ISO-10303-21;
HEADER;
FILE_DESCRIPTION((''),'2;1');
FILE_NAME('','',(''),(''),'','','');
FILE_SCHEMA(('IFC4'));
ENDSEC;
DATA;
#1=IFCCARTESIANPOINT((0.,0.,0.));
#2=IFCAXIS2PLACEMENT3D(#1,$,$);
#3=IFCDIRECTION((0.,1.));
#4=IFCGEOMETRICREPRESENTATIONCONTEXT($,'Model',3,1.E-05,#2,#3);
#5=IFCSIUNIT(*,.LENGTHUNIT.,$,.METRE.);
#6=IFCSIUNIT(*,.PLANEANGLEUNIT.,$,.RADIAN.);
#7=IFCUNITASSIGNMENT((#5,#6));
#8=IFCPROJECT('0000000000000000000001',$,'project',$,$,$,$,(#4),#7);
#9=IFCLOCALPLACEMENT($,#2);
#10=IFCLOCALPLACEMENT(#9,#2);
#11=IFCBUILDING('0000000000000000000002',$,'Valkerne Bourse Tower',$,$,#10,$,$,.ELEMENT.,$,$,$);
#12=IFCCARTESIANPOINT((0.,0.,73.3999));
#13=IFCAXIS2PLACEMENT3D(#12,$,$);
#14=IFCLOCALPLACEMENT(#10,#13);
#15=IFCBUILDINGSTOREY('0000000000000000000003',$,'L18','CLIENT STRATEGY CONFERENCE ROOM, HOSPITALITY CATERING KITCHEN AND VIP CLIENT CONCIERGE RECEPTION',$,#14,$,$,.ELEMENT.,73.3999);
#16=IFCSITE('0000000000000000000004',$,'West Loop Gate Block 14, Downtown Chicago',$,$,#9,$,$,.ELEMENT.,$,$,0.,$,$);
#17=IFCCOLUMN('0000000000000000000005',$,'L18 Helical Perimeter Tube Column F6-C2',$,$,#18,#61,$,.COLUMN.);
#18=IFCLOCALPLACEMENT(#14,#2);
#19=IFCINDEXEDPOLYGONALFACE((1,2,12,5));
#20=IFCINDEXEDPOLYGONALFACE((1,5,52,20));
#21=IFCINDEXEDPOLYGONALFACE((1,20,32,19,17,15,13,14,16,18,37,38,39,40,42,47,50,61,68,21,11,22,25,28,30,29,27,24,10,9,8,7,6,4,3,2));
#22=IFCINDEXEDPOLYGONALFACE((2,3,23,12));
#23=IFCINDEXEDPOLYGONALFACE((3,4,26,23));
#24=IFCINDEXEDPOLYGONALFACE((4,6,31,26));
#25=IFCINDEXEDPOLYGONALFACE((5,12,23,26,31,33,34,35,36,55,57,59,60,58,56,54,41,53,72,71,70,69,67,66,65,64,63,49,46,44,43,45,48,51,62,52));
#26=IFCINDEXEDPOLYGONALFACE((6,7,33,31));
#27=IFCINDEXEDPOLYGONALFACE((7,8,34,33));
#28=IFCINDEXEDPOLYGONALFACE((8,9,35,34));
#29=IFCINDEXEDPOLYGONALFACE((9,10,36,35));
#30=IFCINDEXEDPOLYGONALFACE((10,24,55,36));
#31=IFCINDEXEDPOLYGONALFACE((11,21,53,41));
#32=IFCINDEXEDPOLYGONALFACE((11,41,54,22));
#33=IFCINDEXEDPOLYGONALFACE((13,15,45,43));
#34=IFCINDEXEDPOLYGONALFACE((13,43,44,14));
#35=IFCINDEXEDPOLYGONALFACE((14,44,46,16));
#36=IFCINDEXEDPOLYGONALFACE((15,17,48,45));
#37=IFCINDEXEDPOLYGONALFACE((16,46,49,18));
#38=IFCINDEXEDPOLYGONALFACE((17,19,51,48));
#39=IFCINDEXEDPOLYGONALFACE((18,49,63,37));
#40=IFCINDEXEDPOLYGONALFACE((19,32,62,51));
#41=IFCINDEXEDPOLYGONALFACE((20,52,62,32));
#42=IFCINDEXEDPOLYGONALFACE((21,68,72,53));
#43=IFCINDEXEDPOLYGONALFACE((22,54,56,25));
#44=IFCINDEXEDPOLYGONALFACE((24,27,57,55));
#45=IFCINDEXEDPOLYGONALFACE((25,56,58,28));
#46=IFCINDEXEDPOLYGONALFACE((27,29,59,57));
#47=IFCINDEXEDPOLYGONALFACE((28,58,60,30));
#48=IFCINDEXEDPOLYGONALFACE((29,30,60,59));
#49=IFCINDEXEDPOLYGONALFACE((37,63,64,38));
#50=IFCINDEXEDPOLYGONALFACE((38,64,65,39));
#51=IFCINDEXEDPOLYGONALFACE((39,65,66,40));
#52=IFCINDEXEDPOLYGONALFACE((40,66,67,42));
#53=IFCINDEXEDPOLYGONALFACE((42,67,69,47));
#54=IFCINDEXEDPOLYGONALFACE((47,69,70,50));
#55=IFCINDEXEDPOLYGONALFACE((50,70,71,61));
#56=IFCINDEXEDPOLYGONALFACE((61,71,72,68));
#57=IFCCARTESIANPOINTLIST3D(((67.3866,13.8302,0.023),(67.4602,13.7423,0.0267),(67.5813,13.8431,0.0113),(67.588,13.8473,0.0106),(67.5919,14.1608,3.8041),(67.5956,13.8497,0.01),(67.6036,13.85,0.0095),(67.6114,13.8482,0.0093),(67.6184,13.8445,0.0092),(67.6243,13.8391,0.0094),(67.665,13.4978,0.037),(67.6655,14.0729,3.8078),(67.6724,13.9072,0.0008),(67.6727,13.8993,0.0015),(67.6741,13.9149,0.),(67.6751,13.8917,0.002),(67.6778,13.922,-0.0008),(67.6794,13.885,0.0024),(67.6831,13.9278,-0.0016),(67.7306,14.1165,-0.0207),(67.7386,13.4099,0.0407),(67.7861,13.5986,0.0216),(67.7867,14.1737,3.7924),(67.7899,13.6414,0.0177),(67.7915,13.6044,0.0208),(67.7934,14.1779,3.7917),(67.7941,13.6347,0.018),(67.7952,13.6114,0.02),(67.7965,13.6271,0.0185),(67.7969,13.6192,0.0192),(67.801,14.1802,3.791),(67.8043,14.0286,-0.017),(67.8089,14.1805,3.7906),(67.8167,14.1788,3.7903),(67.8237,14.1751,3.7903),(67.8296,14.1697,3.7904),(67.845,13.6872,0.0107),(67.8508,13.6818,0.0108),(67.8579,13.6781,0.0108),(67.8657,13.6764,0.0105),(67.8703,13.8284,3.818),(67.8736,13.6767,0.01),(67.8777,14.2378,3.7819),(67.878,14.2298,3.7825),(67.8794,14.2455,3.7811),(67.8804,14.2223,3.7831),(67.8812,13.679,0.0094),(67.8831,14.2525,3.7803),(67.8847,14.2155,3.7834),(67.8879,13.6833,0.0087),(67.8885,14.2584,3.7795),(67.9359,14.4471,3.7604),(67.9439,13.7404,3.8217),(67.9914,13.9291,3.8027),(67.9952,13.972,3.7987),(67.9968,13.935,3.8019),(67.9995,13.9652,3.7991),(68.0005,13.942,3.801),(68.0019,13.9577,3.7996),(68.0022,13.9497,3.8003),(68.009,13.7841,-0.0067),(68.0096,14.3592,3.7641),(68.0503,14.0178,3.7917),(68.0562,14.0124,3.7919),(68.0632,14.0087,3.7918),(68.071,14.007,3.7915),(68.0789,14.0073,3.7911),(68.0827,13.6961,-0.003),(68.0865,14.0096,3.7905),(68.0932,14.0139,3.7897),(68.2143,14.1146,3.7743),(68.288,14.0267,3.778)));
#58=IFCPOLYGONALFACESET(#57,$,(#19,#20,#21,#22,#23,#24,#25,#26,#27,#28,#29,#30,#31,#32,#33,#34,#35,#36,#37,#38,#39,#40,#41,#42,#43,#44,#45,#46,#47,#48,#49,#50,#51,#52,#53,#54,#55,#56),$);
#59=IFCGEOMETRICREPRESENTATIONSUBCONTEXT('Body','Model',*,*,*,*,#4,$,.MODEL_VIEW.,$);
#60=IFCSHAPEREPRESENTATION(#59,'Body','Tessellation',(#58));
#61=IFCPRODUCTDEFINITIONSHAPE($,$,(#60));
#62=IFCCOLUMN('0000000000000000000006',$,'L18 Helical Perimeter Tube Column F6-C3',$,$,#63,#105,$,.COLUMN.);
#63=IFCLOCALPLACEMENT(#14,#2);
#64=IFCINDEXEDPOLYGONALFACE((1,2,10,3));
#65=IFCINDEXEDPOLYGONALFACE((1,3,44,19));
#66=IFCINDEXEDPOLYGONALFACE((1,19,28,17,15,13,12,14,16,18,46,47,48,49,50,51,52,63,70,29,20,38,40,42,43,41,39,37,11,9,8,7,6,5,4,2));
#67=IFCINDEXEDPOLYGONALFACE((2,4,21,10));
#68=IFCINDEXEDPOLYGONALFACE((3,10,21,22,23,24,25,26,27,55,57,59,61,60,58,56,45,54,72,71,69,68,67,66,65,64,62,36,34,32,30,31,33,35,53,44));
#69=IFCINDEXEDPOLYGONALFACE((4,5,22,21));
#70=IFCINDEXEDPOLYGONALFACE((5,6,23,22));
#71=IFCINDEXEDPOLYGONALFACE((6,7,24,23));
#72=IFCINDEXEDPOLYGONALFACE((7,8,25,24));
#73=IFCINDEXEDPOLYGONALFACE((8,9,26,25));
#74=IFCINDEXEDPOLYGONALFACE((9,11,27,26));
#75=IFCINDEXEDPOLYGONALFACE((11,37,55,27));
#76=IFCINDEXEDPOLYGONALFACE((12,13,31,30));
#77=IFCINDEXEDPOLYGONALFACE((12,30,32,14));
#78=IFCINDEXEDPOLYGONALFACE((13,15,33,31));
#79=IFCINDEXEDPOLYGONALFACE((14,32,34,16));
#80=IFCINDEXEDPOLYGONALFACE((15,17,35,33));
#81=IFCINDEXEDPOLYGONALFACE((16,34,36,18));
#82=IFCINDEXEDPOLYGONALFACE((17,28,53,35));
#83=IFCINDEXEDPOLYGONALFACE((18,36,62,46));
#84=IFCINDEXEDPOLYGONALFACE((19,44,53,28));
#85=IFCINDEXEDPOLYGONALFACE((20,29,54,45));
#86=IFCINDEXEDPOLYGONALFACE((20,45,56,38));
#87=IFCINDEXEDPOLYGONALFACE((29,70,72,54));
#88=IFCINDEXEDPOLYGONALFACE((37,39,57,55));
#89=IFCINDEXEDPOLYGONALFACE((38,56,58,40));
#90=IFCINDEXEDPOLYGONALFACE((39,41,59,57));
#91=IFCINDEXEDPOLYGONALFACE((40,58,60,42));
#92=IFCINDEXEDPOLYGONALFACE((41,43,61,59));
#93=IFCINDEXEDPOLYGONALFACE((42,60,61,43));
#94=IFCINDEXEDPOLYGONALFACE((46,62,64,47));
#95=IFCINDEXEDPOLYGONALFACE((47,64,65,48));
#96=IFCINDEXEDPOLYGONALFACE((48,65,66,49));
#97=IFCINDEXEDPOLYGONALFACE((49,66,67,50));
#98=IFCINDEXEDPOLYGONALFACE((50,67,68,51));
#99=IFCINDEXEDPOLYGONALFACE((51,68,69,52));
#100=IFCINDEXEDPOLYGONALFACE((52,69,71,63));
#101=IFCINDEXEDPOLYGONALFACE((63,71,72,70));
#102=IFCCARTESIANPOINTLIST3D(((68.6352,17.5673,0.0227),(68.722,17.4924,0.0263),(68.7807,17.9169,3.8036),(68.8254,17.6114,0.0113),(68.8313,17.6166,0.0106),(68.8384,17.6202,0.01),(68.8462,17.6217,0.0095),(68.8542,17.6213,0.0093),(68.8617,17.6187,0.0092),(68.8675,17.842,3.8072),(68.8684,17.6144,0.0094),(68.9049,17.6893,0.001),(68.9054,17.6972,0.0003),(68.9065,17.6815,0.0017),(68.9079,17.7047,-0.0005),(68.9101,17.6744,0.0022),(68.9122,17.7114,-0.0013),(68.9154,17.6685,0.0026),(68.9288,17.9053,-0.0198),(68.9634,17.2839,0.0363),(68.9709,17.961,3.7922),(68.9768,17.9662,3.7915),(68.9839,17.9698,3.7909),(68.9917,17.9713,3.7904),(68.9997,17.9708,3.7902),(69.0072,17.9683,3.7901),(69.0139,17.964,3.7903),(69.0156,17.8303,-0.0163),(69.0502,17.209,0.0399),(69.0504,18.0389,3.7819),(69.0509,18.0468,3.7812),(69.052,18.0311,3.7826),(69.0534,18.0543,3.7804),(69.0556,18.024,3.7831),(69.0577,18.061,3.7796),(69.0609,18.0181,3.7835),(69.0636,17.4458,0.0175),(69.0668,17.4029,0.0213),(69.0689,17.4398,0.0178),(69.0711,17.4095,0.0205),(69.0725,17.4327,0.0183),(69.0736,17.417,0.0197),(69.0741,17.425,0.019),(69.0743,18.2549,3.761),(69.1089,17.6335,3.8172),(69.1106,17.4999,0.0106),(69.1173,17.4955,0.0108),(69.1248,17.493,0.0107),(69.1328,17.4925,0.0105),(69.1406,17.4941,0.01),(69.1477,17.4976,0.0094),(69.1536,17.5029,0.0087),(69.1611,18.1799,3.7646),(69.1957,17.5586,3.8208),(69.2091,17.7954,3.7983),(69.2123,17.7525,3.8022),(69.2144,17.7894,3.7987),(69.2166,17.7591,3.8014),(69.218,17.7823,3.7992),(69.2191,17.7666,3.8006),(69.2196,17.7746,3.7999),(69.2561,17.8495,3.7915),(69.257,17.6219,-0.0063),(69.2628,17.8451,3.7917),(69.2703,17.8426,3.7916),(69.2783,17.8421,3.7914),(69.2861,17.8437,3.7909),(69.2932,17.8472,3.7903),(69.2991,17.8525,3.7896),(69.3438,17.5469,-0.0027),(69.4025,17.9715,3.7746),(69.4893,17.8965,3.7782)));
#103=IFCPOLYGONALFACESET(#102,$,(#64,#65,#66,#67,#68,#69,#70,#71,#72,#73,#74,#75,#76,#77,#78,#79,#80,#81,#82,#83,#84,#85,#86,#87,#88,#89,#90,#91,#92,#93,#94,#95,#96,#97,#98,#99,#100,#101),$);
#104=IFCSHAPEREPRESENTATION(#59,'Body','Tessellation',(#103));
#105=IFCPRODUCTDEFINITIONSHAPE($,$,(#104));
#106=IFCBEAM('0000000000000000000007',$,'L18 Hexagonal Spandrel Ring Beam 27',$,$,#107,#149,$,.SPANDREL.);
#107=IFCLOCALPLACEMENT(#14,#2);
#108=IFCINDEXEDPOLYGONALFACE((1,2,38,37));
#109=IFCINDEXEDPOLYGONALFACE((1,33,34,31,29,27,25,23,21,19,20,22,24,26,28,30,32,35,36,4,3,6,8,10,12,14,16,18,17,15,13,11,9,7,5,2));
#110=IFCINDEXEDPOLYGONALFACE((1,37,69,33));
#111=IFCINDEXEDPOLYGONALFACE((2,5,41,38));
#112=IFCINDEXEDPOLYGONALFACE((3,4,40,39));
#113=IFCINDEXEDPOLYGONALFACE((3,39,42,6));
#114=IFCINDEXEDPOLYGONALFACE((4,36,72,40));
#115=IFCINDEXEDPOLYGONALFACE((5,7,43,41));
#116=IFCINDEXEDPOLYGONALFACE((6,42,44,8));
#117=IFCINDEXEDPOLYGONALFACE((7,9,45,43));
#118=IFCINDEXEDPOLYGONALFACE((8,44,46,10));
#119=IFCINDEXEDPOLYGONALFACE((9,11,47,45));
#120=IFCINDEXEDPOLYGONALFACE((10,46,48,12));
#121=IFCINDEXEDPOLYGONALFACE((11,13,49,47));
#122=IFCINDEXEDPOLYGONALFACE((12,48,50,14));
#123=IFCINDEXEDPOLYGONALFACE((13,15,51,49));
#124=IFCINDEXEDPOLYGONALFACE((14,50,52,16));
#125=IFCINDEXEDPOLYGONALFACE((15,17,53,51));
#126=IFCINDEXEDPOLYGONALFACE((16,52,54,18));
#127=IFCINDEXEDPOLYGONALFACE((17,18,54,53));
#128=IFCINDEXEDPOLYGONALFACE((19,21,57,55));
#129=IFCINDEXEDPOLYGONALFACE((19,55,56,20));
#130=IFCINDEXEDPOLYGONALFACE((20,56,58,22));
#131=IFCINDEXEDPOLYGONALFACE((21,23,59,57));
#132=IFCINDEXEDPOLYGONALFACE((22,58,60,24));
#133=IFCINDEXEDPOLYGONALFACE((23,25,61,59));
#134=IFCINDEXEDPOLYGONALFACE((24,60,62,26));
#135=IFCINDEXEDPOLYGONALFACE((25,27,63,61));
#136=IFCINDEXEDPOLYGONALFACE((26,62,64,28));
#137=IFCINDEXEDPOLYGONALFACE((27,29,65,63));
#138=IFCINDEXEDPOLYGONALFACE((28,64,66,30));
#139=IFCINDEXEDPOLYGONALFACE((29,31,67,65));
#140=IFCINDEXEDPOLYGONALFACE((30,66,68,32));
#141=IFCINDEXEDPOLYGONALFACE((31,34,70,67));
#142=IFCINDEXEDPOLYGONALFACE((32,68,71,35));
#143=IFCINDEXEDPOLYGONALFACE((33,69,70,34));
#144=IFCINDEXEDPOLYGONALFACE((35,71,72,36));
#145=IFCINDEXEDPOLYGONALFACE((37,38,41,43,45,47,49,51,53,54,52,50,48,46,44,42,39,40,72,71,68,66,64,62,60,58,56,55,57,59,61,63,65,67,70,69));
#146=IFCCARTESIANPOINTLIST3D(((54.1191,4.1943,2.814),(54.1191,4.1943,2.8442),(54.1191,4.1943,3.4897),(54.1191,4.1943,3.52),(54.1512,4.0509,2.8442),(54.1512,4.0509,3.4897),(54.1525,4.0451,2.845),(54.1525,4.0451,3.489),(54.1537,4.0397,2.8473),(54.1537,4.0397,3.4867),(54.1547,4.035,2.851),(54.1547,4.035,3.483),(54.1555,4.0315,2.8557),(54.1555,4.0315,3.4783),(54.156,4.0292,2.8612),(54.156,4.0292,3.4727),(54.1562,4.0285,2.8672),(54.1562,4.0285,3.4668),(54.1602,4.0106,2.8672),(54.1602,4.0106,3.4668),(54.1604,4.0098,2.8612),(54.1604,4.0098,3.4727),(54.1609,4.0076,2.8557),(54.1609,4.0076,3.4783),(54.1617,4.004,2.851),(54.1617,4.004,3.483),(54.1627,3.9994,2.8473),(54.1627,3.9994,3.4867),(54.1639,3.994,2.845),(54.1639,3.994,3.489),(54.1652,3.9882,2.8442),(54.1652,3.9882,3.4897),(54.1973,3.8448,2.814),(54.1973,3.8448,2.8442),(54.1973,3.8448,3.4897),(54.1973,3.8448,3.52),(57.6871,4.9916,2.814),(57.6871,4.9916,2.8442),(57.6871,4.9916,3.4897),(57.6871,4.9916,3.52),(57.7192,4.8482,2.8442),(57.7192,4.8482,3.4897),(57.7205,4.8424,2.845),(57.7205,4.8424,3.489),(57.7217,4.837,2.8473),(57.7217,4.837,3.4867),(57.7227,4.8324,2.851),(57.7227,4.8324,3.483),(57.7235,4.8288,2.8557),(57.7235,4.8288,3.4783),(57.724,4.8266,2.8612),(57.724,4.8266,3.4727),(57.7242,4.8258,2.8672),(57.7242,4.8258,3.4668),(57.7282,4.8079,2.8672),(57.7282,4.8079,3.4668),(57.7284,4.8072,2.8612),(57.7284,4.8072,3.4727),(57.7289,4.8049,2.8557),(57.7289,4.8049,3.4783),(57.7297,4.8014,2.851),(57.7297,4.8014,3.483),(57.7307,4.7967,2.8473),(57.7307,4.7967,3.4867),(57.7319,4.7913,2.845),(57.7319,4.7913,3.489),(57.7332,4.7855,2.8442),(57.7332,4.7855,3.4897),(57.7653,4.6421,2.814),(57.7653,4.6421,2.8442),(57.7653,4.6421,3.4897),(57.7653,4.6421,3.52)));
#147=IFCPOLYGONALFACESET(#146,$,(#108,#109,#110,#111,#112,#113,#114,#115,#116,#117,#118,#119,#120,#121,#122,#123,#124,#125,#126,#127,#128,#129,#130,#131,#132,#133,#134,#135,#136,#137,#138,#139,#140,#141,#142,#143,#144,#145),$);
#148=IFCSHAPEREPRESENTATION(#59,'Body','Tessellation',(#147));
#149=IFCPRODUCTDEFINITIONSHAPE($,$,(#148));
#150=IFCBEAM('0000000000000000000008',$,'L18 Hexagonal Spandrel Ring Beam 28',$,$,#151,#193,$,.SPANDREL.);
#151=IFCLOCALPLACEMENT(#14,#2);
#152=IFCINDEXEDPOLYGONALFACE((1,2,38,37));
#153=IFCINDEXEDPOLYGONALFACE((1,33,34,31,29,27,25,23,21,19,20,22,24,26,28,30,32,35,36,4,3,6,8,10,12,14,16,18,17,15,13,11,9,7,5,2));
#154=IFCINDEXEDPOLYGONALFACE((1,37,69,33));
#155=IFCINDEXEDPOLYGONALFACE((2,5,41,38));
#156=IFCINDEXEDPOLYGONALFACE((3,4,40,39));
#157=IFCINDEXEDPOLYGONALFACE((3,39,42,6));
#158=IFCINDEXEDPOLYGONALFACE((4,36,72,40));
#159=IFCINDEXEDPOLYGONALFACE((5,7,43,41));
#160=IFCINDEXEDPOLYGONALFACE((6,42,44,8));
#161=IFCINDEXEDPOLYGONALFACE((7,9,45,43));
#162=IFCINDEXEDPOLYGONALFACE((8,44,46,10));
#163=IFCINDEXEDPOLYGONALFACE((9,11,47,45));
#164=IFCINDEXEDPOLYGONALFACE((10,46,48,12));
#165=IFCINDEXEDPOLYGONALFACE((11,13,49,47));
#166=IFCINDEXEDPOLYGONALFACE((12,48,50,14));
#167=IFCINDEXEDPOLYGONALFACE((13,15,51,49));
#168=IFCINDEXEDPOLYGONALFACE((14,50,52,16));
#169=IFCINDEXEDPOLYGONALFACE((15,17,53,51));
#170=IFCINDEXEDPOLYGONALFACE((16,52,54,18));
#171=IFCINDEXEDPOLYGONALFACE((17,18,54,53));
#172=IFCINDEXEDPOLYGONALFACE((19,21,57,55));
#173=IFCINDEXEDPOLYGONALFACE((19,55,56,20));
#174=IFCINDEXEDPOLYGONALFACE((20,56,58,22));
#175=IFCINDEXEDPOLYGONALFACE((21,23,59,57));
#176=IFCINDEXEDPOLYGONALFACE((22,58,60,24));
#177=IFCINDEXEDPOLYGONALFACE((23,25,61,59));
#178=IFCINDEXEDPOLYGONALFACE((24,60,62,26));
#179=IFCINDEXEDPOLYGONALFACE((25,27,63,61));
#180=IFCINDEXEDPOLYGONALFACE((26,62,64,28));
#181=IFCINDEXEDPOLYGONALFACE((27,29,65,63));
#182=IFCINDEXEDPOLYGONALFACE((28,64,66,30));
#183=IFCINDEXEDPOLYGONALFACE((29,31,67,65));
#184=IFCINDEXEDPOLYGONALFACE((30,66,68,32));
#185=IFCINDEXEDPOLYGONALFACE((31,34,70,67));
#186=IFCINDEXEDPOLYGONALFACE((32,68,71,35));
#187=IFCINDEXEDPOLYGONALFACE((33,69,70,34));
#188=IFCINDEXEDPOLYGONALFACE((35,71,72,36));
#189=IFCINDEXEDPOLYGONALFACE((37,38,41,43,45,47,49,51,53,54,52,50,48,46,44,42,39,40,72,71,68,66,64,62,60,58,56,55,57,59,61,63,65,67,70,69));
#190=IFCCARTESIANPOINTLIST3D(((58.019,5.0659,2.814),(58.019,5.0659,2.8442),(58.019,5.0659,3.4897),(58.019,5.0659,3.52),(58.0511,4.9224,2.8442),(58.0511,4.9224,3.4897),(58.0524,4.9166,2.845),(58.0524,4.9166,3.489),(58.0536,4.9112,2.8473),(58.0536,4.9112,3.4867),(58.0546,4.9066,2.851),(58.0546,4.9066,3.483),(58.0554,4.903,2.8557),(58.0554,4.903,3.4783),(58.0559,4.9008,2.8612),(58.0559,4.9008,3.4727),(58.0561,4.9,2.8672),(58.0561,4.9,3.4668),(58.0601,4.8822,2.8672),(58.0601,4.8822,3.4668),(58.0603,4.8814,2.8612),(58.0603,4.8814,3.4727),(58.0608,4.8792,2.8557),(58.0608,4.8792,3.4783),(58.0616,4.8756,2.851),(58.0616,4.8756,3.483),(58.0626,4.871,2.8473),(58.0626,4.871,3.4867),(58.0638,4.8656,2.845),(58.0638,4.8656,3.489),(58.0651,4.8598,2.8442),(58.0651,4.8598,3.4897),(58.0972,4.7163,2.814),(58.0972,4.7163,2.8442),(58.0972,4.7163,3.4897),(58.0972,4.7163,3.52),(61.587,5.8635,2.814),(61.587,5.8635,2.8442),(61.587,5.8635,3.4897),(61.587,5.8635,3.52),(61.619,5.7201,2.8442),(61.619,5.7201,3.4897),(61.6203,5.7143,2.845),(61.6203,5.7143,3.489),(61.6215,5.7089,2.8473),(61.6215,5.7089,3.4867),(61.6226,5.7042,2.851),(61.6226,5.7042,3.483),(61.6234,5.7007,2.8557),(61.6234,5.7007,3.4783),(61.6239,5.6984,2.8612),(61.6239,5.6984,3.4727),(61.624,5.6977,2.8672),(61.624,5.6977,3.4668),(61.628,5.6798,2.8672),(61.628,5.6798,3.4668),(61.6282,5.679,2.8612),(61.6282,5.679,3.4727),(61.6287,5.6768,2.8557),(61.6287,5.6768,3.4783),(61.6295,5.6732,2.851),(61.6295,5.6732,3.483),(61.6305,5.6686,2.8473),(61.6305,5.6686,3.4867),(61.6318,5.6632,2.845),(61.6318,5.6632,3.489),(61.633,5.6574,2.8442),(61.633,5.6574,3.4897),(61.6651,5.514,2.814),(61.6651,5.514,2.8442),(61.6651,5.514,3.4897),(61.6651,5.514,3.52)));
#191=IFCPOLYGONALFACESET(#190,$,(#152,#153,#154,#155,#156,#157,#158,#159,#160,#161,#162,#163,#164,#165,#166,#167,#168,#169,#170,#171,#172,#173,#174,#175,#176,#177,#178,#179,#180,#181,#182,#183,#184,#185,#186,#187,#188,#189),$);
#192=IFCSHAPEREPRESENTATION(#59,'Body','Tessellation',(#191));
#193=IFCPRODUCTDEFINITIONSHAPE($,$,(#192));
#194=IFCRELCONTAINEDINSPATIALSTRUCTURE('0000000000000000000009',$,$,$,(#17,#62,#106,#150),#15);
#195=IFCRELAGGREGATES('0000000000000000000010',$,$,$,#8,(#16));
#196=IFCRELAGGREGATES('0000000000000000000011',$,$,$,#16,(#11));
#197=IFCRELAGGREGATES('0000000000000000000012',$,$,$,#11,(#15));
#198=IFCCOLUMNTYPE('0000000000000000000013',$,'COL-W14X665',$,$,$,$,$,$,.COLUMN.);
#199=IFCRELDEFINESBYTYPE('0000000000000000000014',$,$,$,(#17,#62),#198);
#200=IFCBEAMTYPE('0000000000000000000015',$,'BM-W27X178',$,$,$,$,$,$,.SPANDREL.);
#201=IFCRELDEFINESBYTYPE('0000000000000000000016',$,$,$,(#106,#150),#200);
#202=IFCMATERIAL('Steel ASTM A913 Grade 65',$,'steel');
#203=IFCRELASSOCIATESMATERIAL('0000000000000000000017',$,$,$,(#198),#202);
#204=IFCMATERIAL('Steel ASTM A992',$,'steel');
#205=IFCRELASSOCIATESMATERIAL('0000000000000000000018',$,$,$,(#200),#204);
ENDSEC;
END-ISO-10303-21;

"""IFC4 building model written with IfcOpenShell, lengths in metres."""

from ifc_helpers import new_model, si_unit, direction, frame, origin, origin_2d, place, context, subcontext, project, spatial, i_section, extrude, material, material_profile, profile_set, type_object, element, save


model = new_model("IFC4")

# Units and contexts
model_context = context("Model", 3, precision=1e-05, world=origin(), true_north=direction((0.0, 1.0)))
body_context = subcontext(model_context, "Body", "Model", "MODEL_VIEW")
ifc_project = project(units=[si_unit("LENGTHUNIT", "METRE"), si_unit("PLANEANGLEUNIT", "RADIAN")], contexts=[model_context])

# Site, building, storey
site_placement = place(None, origin())
site = spatial("IfcSite", under=ifc_project, at=site_placement, Name="West Loop Gate Block 14, Downtown Chicago", CompositionType="ELEMENT", RefElevation=0.0)
building_placement = place(site_placement, origin())
building = spatial("IfcBuilding", under=site, at=building_placement, Name="Valkerne Bourse Tower", CompositionType="ELEMENT")
storey_placement = place(building_placement, frame((0.0, 0.0, 73.3999)))
storey = spatial("IfcBuildingStorey", under=building, at=storey_placement, Name="L18", Description="CLIENT STRATEGY CONFERENCE ROOM, HOSPITALITY CATERING KITCHEN AND VIP CLIENT CONCIERGE RECEPTION", CompositionType="ELEMENT", Elevation=73.3999)

# Columns
ifc_material_1 = material(Name="Steel ASTM A913 Grade 65", Category="steel")
ifc_material_profile_1 = material_profile(ifc_material_1, i_section(OverallWidth=0.4497, OverallDepth=0.5486, WebThickness=0.072, FlangeThickness=0.1147, FilletRadius=0.0305, at=origin_2d()), Name="W14X665")
ifc_profile_set_1 = profile_set([ifc_material_profile_1], Name="Steel ASTM A913 Grade 65")
column_type = type_object("IfcColumnType", Name="COL-W14X665", PredefinedType="COLUMN", material=ifc_profile_set_1)
column_1_placement = place(storey_placement, frame((67.7346, 13.7632, 0.01), z_axis=(0.054018, 0.086969, 0.994745), x_axis=(-0.76504, -0.636604, 0.097202)))
element("IfcColumn", 1, at=column_1_placement, inside=storey, type_object=column_type, Name="L18 Helical Perimeter Tube Column F6-C2", PredefinedType="COLUMN", context=body_context, shape_type="SweptSolid", body=[
    extrude(i_section(OverallWidth=0.4497, OverallDepth=0.5486, WebThickness=0.072, FlangeThickness=0.1147, FilletRadius=0.0305, at=origin_2d()), origin(), (0.0, 0.0, 1.0), 3.801),
])
column_2_placement = place(storey_placement, frame((68.9895, 17.5571, 0.01), z_axis=(0.038292, 0.092004, 0.995022), x_axis=(-0.652887, -0.751523, 0.094615)))
element("IfcColumn", 2, at=column_2_placement, inside=storey, type_object=column_type, Name="L18 Helical Perimeter Tube Column F6-C3", PredefinedType="COLUMN", context=body_context, shape_type="SweptSolid", body=[
    extrude(i_section(OverallWidth=0.4497, OverallDepth=0.5486, WebThickness=0.072, FlangeThickness=0.1147, FilletRadius=0.0305, at=origin_2d()), origin(), (0.0, 0.0, 1.0), 3.7998),
])

# Beams
ifc_material_2 = material(Name="Steel ASTM A992", Category="steel")
ifc_material_profile_2 = material_profile(ifc_material_2, i_section(OverallWidth=0.3582, OverallDepth=0.7061, WebThickness=0.0183, FlangeThickness=0.0303, FilletRadius=0.0229, at=origin_2d()), Name="W27X178")
ifc_profile_set_2 = profile_set([ifc_material_profile_2], Name="Steel ASTM A992")
beam_type = type_object("IfcBeamType", Name="BM-W27X178", PredefinedType="SPANDREL", material=ifc_profile_set_2)
for number, where, z_axis, x_axis, name in (
    (3, (54.1582, 4.0195, 3.167), (0.975929, 0.21809, 0.0), (-0.21809, 0.975929, 0.0), "L18 Hexagonal Spandrel Ring Beam 27"),
    (4, (58.0581, 4.8911, 3.167), (0.975911, 0.218168, 0.0), (-0.218168, 0.975911, 0.0), "L18 Hexagonal Spandrel Ring Beam 28"),
):
    element("IfcBeam", number, at=place(storey_placement, frame(where, z_axis=z_axis, x_axis=x_axis)), inside=storey, type_object=beam_type, Name=name, PredefinedType="SPANDREL", context=body_context, shape_type="SweptSolid", body=[
        extrude(i_section(OverallWidth=0.3582, OverallDepth=0.7061, WebThickness=0.0183, FlangeThickness=0.0303, FilletRadius=0.0229, at=origin_2d()), origin(), (0.0, 0.0, 1.0), 3.656),
    ])

save(model, "model.ifc")
